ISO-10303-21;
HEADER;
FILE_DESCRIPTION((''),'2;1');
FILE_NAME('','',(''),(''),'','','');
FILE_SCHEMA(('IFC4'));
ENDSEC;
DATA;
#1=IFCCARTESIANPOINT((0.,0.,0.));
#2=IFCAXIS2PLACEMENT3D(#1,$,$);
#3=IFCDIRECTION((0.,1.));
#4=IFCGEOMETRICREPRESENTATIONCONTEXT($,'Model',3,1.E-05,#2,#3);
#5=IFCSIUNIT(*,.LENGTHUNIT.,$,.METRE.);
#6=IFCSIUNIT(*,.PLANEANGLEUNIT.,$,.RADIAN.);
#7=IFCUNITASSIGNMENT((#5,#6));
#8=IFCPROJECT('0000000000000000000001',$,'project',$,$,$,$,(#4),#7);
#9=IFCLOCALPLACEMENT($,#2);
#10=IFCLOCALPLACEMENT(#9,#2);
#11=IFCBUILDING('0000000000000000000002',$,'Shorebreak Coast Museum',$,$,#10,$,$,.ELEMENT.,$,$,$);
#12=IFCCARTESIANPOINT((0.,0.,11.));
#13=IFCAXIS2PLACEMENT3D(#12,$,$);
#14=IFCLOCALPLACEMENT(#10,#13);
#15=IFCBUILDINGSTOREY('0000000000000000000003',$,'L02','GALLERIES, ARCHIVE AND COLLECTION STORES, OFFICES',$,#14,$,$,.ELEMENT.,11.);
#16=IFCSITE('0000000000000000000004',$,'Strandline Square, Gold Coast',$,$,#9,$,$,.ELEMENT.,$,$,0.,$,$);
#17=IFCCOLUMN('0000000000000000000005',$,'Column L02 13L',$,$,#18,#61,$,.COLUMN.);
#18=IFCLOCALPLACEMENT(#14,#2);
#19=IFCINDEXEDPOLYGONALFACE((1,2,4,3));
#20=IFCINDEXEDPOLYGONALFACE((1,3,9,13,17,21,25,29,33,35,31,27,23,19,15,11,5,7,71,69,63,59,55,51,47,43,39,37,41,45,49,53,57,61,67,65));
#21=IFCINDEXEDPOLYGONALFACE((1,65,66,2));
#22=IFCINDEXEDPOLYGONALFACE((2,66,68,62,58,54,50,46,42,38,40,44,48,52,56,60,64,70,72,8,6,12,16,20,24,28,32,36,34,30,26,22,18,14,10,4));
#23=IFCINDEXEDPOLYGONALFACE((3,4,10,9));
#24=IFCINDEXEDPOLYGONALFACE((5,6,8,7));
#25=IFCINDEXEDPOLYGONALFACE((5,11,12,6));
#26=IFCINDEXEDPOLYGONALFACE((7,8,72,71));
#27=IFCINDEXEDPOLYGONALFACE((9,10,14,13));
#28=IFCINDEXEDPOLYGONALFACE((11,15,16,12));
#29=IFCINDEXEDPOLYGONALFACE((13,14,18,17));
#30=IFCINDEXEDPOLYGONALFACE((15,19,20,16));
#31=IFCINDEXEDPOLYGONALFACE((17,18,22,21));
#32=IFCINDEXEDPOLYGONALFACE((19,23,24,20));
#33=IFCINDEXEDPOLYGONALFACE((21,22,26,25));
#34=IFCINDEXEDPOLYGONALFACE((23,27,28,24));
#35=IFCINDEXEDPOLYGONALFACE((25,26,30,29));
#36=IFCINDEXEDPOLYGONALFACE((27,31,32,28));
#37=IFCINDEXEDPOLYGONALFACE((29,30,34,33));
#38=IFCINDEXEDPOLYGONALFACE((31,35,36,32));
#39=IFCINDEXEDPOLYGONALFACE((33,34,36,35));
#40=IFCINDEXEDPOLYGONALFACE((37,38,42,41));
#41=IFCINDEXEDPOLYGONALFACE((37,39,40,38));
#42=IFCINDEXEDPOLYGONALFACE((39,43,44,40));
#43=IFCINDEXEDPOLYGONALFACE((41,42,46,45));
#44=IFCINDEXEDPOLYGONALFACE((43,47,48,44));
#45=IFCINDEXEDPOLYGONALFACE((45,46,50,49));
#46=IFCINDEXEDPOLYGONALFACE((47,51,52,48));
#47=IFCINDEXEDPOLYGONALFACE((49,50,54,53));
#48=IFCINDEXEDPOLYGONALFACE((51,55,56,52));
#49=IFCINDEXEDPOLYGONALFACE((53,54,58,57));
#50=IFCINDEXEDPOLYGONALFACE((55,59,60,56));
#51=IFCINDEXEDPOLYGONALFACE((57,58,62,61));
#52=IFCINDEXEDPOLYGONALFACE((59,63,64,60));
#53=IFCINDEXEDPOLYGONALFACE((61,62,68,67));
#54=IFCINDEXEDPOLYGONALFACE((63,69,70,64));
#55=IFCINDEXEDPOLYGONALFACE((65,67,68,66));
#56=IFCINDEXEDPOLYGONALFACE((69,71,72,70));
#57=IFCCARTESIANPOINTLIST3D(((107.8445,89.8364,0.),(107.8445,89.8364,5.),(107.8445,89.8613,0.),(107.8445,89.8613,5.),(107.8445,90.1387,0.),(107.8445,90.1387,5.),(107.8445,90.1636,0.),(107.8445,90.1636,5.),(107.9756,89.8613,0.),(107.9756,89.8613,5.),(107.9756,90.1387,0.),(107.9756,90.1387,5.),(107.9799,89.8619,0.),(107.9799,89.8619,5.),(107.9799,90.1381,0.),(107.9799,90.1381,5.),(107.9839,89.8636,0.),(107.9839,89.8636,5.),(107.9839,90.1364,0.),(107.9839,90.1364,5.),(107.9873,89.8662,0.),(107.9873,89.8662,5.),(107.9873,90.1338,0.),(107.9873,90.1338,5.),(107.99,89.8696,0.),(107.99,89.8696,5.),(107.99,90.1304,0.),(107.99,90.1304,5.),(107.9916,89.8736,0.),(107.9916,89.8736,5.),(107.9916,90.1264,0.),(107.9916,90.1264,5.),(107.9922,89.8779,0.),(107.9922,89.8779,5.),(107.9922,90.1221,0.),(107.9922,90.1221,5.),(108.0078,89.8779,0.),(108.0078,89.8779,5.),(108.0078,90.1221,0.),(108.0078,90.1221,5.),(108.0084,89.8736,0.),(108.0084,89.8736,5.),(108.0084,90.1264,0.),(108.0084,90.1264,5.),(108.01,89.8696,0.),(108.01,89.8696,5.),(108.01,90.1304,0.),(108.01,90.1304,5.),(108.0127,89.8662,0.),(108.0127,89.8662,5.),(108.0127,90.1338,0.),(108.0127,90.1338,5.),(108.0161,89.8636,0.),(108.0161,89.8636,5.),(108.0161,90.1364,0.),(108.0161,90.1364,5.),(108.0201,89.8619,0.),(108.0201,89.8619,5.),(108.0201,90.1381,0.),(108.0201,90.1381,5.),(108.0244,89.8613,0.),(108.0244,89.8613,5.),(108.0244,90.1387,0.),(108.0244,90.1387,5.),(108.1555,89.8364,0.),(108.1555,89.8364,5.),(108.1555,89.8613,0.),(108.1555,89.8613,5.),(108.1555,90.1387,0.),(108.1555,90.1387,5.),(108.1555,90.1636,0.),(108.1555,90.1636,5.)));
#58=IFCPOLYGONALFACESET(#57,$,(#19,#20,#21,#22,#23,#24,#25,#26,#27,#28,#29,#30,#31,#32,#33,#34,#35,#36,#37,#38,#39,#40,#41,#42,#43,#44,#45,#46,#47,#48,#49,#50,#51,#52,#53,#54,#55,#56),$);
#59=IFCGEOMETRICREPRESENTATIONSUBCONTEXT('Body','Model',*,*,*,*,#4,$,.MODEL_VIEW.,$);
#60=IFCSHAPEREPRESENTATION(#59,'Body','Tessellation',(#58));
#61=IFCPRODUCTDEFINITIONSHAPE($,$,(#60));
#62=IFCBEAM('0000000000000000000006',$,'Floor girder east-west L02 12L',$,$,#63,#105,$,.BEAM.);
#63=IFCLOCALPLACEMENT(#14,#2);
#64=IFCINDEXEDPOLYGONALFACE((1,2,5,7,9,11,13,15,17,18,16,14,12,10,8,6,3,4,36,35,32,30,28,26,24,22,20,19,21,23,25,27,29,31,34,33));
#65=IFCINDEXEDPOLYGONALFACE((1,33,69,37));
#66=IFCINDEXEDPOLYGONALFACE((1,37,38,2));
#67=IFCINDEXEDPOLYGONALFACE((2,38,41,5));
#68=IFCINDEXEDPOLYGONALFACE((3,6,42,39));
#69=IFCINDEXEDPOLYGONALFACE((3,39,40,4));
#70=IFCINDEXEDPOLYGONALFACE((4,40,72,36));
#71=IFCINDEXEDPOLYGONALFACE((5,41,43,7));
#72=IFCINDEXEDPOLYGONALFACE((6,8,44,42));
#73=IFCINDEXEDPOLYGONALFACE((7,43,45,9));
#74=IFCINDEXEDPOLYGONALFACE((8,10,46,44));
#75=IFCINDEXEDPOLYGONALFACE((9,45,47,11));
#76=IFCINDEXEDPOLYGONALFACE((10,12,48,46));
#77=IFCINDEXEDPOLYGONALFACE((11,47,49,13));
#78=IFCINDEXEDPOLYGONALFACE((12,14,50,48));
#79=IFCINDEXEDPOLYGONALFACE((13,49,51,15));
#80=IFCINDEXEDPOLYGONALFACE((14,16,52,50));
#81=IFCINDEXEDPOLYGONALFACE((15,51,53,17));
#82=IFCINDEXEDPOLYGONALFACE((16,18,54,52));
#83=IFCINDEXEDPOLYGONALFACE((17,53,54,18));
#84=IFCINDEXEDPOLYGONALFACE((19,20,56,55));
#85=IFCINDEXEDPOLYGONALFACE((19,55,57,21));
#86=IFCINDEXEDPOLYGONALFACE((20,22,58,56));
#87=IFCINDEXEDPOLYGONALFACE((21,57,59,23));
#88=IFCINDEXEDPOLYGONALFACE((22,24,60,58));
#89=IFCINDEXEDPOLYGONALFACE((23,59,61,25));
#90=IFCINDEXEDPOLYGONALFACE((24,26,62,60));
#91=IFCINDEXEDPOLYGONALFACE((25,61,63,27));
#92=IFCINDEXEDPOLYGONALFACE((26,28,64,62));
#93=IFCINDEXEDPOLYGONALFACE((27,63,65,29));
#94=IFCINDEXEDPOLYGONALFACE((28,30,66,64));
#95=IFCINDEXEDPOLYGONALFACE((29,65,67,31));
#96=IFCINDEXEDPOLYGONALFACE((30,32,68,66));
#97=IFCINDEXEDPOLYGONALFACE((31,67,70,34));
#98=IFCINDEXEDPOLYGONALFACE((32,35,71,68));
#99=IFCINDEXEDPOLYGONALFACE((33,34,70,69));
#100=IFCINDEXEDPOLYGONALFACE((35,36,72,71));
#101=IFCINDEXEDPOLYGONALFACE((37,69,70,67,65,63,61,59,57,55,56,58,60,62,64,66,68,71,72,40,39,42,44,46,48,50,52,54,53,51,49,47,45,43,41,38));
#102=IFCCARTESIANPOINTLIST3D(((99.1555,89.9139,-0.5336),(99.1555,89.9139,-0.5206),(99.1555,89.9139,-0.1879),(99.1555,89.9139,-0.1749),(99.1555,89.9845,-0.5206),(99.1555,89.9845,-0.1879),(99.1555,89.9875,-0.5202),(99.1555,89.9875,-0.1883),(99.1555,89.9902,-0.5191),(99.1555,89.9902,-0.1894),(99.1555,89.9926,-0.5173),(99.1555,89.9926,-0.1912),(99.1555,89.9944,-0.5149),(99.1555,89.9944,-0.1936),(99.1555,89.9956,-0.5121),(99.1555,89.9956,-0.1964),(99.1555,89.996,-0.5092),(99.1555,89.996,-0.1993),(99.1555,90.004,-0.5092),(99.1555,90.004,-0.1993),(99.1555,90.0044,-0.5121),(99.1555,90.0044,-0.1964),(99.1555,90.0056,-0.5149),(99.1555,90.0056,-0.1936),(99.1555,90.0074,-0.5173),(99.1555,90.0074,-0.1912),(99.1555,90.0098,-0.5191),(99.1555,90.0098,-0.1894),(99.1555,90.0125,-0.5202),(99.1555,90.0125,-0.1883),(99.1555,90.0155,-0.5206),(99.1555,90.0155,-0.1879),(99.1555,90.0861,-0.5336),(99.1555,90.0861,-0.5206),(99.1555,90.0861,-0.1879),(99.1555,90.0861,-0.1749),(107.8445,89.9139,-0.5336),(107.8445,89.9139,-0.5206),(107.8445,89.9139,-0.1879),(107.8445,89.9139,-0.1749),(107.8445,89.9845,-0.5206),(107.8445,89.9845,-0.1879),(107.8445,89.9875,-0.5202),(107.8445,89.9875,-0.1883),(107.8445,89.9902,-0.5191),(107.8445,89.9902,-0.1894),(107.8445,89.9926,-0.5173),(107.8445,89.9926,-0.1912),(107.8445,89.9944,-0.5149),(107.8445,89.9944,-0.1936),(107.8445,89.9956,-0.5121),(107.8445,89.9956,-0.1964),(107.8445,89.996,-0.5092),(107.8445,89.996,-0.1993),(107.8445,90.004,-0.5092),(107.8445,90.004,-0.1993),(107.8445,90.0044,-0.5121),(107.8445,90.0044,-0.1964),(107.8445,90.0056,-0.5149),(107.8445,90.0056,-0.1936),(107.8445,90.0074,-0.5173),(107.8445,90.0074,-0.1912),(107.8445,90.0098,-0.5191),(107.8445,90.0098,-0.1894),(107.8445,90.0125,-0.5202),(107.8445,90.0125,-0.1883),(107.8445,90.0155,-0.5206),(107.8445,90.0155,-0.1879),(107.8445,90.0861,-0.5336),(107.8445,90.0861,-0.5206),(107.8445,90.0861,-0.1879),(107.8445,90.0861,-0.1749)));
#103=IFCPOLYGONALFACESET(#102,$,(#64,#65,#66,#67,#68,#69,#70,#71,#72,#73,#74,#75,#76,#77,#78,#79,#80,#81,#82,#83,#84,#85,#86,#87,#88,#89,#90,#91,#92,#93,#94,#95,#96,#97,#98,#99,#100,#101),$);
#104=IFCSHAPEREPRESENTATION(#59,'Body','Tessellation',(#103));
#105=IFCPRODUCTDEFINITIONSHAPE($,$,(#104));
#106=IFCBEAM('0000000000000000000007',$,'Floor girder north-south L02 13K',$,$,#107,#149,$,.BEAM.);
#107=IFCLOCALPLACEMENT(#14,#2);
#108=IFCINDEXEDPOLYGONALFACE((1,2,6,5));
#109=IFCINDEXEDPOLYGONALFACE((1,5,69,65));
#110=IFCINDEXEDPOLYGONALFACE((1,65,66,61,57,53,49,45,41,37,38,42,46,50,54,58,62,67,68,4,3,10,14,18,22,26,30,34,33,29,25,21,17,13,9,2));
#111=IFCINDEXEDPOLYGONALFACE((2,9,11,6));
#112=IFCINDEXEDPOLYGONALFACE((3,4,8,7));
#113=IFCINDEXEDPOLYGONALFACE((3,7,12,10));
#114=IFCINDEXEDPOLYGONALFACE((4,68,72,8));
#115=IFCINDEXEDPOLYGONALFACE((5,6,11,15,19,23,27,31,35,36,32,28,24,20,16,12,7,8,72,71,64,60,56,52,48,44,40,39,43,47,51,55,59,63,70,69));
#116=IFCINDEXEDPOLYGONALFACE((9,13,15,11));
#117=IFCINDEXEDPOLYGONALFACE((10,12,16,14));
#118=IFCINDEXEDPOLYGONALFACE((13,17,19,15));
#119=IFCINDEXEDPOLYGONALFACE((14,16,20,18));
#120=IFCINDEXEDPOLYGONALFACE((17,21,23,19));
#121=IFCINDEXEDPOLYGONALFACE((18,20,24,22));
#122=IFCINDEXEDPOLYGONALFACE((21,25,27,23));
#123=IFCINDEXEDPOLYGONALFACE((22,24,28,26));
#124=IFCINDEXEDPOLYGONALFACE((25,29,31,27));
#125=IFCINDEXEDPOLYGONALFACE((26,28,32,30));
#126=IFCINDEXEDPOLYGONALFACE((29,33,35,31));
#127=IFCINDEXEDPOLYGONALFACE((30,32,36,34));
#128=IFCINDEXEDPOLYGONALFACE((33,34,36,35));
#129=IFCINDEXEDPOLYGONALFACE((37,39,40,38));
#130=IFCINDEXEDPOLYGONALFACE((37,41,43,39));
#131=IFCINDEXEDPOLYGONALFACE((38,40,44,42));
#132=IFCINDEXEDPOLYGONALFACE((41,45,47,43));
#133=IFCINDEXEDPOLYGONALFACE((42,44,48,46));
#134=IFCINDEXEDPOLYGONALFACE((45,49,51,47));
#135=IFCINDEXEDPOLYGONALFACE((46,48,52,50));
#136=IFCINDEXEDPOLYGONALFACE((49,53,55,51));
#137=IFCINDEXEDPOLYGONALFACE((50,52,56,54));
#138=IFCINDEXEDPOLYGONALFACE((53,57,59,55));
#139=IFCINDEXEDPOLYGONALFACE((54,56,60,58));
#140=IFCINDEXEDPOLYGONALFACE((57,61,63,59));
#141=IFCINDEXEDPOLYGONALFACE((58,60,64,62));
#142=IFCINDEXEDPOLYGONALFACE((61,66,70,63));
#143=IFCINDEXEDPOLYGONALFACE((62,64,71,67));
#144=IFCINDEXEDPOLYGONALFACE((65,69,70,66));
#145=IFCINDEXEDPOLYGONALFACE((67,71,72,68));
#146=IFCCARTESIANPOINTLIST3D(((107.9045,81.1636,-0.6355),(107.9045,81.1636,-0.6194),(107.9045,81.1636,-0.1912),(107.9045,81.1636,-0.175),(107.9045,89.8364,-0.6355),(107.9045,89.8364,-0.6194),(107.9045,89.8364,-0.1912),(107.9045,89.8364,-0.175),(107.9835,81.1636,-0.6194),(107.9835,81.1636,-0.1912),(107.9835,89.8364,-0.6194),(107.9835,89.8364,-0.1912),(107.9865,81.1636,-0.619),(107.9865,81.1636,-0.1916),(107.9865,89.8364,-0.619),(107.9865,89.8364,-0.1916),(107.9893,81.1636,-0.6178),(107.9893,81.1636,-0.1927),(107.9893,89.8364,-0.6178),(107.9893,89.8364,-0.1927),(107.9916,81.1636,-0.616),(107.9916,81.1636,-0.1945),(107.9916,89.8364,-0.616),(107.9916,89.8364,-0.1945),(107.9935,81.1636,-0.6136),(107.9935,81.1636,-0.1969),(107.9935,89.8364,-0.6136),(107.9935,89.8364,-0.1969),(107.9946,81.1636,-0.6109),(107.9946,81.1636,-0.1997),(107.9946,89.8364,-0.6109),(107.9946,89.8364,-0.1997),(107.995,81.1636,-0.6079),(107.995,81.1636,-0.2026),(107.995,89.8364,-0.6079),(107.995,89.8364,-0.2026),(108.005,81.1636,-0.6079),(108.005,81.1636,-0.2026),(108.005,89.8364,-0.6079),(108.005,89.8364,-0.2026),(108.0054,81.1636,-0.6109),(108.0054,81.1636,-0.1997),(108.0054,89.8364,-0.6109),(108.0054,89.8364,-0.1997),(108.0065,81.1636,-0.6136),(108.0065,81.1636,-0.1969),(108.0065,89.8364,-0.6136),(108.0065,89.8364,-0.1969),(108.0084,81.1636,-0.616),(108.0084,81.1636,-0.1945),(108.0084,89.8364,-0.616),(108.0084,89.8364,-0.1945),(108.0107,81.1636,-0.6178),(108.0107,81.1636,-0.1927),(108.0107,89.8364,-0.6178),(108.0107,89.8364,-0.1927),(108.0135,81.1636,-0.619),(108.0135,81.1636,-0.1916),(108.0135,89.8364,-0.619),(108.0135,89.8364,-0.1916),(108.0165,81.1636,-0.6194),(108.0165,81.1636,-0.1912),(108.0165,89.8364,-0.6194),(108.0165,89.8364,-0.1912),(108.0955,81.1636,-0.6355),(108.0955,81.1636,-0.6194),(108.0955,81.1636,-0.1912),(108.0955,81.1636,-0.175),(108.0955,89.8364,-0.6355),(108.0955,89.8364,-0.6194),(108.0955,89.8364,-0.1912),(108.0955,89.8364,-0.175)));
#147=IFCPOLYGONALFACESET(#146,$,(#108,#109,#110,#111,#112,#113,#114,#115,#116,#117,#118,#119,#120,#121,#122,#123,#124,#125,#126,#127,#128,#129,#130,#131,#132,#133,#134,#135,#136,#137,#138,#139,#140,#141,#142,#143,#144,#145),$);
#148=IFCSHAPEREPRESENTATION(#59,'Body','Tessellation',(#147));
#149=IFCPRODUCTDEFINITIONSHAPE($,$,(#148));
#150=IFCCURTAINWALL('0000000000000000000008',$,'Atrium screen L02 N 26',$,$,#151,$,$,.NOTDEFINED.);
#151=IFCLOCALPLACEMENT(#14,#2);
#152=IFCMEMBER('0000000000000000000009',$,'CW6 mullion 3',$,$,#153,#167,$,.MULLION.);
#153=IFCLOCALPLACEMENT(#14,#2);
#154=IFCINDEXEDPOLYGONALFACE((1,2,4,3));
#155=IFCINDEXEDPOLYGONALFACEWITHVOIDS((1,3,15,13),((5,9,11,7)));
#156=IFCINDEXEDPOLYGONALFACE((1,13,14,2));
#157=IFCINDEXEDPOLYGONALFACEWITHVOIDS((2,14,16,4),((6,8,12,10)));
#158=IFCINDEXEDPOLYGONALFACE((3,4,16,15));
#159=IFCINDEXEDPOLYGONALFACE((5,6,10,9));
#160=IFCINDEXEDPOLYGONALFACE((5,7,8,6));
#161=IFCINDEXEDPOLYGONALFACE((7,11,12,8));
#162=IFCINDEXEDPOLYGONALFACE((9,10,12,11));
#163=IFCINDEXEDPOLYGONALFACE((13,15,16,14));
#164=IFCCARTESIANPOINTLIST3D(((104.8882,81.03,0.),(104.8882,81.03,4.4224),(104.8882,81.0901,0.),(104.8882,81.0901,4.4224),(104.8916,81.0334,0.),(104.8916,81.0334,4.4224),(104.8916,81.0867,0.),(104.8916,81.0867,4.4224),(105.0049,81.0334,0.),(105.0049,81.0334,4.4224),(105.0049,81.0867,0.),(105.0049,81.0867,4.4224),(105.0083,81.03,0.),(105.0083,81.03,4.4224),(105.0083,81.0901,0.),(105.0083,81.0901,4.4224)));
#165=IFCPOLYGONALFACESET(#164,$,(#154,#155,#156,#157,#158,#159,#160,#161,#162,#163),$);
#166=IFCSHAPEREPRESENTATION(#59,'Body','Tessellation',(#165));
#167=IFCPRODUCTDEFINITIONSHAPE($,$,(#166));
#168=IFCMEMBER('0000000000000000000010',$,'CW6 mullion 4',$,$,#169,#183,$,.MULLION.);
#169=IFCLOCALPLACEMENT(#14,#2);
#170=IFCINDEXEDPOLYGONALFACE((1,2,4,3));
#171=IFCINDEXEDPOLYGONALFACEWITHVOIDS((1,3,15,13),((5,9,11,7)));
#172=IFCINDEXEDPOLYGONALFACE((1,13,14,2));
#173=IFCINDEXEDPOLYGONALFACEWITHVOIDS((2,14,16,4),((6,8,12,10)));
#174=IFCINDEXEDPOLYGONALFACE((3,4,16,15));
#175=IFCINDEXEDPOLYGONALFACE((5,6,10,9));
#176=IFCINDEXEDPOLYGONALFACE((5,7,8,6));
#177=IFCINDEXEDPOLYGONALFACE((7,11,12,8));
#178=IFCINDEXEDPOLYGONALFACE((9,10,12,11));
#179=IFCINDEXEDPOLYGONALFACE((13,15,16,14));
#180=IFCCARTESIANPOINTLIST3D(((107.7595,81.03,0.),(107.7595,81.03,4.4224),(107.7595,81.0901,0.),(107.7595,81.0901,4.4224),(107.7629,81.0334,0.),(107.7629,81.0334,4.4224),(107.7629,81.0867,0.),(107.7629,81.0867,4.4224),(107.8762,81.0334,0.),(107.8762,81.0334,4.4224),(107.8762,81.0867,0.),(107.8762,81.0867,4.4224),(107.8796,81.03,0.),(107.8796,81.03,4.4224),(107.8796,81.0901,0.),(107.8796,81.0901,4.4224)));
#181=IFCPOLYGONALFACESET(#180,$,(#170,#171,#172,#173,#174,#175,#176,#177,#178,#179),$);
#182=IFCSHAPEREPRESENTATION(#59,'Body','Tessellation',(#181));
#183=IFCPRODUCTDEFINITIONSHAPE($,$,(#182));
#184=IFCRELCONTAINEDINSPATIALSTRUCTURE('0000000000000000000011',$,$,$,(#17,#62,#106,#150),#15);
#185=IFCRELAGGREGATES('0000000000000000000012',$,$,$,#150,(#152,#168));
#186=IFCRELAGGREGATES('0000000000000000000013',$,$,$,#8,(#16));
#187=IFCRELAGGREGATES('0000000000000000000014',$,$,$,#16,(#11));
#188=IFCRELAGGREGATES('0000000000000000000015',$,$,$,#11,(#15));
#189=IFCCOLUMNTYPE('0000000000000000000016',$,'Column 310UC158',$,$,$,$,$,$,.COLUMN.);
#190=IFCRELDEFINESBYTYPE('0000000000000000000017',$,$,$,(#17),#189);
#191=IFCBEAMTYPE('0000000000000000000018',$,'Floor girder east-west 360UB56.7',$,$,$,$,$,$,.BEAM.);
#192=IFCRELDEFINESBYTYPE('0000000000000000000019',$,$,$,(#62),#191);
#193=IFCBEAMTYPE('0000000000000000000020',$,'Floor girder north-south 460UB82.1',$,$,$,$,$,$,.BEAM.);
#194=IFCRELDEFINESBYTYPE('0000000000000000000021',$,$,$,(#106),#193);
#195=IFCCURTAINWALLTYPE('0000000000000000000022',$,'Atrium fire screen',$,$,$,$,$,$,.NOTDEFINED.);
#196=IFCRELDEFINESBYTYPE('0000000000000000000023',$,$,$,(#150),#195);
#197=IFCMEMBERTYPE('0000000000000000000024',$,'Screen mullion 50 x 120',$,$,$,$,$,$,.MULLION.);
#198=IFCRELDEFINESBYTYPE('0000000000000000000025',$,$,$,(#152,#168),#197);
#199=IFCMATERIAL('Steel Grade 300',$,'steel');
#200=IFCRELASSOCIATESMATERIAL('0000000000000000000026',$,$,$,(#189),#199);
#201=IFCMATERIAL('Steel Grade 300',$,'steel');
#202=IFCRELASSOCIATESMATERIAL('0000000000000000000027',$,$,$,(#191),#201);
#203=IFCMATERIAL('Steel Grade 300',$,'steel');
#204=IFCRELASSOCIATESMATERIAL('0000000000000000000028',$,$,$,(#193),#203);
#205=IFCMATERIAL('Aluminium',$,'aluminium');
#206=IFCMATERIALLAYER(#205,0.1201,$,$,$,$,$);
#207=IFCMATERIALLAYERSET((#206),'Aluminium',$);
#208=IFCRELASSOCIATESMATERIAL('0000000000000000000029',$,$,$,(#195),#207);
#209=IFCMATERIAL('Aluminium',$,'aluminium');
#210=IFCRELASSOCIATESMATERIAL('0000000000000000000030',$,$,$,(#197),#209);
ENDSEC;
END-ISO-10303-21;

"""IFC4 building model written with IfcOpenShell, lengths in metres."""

from ifc_helpers import new_model, si_unit, direction, frame, origin, origin_2d, place, context, subcontext, project, spatial, hollow_rectangle, i_section, extrude, material, layer, layer_set, material_profile, profile_set, type_object, element, aggregate, save


model = new_model("IFC4")

# Units and contexts
model_context = context("Model", 3, precision=1e-05, world=origin(), true_north=direction((0.0, 1.0)))
body_context = subcontext(model_context, "Body", "Model", "MODEL_VIEW")
ifc_project = project(units=[si_unit("LENGTHUNIT", "METRE"), si_unit("PLANEANGLEUNIT", "RADIAN")], contexts=[model_context])

# Site, building, storey
site_placement = place(None, origin())
site = spatial("IfcSite", under=ifc_project, at=site_placement, Name="Strandline Square, Gold Coast", CompositionType="ELEMENT", RefElevation=0.0)
building_placement = place(site_placement, origin())
building = spatial("IfcBuilding", under=site, at=building_placement, Name="Shorebreak Coast Museum", CompositionType="ELEMENT")
storey_placement = place(building_placement, frame((0.0, 0.0, 11.0)))
storey = spatial("IfcBuildingStorey", under=building, at=storey_placement, Name="L02", Description="GALLERIES, ARCHIVE AND COLLECTION STORES, OFFICES", CompositionType="ELEMENT", Elevation=11.0)

# Column
ifc_material_1 = material(Name="Steel Grade 300", Category="steel")
ifc_material_profile_1 = material_profile(ifc_material_1, i_section(OverallWidth=0.311, OverallDepth=0.3271, WebThickness=0.0156, FlangeThickness=0.0249, FilletRadius=0.0166, at=origin_2d()), Name="310UC158")
ifc_profile_set_1 = profile_set([ifc_material_profile_1], Name="Steel Grade 300")
column_type = type_object("IfcColumnType", Name="Column 310UC158", PredefinedType="COLUMN", material=ifc_profile_set_1)
column_placement = place(storey_placement, frame((108.0, 90.0, 0.0), z_axis=(0.0, 0.0, 1.0), x_axis=(1.0, 0.0, 0.0)))
element("IfcColumn", 1, at=column_placement, inside=storey, type_object=column_type, Name="Column L02 13L", PredefinedType="COLUMN", context=body_context, shape_type="SweptSolid", body=[
    extrude(i_section(OverallWidth=0.311, OverallDepth=0.3271, WebThickness=0.0156, FlangeThickness=0.0249, FilletRadius=0.0166, at=origin_2d()), origin(), (0.0, 0.0, 1.0), 5.0),
])

# Beams
ifc_material_2 = material(Name="Steel Grade 300", Category="steel")
ifc_material_profile_2 = material_profile(ifc_material_2, i_section(OverallWidth=0.1721, OverallDepth=0.3586, WebThickness=0.0081, FlangeThickness=0.0129, FilletRadius=0.0115, at=origin_2d()), Name="360UB56.7")
ifc_profile_set_2 = profile_set([ifc_material_profile_2], Name="Steel Grade 300")
beam_type_1 = type_object("IfcBeamType", Name="Floor girder east-west 360UB56.7", PredefinedType="BEAM", material=ifc_profile_set_2)
beam_1_placement = place(storey_placement, frame((99.1555, 90.0, -0.3542), z_axis=(1.0, 0.0, 0.0), x_axis=(0.0, 1.0, 0.0)))
element("IfcBeam", 2, at=beam_1_placement, inside=storey, type_object=beam_type_1, Name="Floor girder east-west L02 12L", PredefinedType="BEAM", context=body_context, shape_type="SweptSolid", body=[
    extrude(i_section(OverallWidth=0.1721, OverallDepth=0.3586, WebThickness=0.0081, FlangeThickness=0.0129, FilletRadius=0.0115, at=origin_2d()), origin(), (0.0, 0.0, 1.0), 8.689),
])
ifc_material_3 = material(Name="Steel Grade 300", Category="steel")
ifc_material_profile_3 = material_profile(ifc_material_3, i_section(OverallWidth=0.1909, OverallDepth=0.4604, WebThickness=0.01, FlangeThickness=0.0161, FilletRadius=0.0115, at=origin_2d()), Name="460UB82.1")
ifc_profile_set_3 = profile_set([ifc_material_profile_3], Name="Steel Grade 300")
beam_type_2 = type_object("IfcBeamType", Name="Floor girder north-south 460UB82.1", PredefinedType="BEAM", material=ifc_profile_set_3)
beam_2_placement = place(storey_placement, frame((108.0, 81.1636, -0.4053), z_axis=(0.0, 1.0, 0.0), x_axis=(-1.0, 0.0, 0.0)))
element("IfcBeam", 3, at=beam_2_placement, inside=storey, type_object=beam_type_2, Name="Floor girder north-south L02 13K", PredefinedType="BEAM", context=body_context, shape_type="SweptSolid", body=[
    extrude(i_section(OverallWidth=0.1909, OverallDepth=0.4604, WebThickness=0.01, FlangeThickness=0.0161, FilletRadius=0.0115, at=origin_2d()), origin(), (0.0, 0.0, 1.0), 8.6729),
])

# Curtain wall, members
ifc_material_4 = material(Name="Aluminium", Category="aluminium")
ifc_layer_1 = layer(ifc_material_4, 0.1201)
ifc_layer_set_1 = layer_set([ifc_layer_1], Name="Aluminium")
curtain_wall_type = type_object("IfcCurtainWallType", Name="Atrium fire screen", PredefinedType="NOTDEFINED", material=ifc_layer_set_1)
curtain_wall_placement = place(storey_placement, origin())
curtain_wall = element("IfcCurtainWall", 4, at=curtain_wall_placement, inside=storey, type_object=curtain_wall_type, Name="Atrium screen L02 N 26", PredefinedType="NOTDEFINED")
ifc_material_5 = material(Name="Aluminium", Category="aluminium")
ifc_material_profile_4 = material_profile(ifc_material_5, hollow_rectangle(XDim=0.0601, YDim=0.1201, WallThickness=0.0034, at=origin_2d()), Name="AL 120x60 RHS")
ifc_profile_set_4 = profile_set([ifc_material_profile_4], Name="Aluminium")
member_type_1 = type_object("IfcMemberType", Name="Screen mullion 50 x 120", PredefinedType="MULLION", material=ifc_profile_set_4)
member_1_placement = place(storey_placement, frame((104.9482, 81.0601, 0.0), z_axis=(0.0, 0.0, 1.0), x_axis=(0.0, 1.0, 0.0)))
member_1 = element("IfcMember", 5, at=member_1_placement, type_object=member_type_1, Name="CW6 mullion 3", PredefinedType="MULLION", context=body_context, shape_type="SweptSolid", body=[
    extrude(hollow_rectangle(XDim=0.0601, YDim=0.1201, WallThickness=0.0034, at=origin_2d()), origin(), (0.0, 0.0, 1.0), 4.4224),
])
member_2_placement = place(storey_placement, frame((107.8196, 81.0601, 0.0), z_axis=(0.0, 0.0, 1.0), x_axis=(0.0, 1.0, 0.0)))
member_2 = element("IfcMember", 6, at=member_2_placement, type_object=member_type_1, Name="CW6 mullion 4", PredefinedType="MULLION", context=body_context, shape_type="SweptSolid", body=[
    extrude(hollow_rectangle(XDim=0.0601, YDim=0.1201, WallThickness=0.0034, at=origin_2d()), origin(), (0.0, 0.0, 1.0), 4.4224),
])
aggregate(curtain_wall, [member_1, member_2])

save(model, "model.ifc")
